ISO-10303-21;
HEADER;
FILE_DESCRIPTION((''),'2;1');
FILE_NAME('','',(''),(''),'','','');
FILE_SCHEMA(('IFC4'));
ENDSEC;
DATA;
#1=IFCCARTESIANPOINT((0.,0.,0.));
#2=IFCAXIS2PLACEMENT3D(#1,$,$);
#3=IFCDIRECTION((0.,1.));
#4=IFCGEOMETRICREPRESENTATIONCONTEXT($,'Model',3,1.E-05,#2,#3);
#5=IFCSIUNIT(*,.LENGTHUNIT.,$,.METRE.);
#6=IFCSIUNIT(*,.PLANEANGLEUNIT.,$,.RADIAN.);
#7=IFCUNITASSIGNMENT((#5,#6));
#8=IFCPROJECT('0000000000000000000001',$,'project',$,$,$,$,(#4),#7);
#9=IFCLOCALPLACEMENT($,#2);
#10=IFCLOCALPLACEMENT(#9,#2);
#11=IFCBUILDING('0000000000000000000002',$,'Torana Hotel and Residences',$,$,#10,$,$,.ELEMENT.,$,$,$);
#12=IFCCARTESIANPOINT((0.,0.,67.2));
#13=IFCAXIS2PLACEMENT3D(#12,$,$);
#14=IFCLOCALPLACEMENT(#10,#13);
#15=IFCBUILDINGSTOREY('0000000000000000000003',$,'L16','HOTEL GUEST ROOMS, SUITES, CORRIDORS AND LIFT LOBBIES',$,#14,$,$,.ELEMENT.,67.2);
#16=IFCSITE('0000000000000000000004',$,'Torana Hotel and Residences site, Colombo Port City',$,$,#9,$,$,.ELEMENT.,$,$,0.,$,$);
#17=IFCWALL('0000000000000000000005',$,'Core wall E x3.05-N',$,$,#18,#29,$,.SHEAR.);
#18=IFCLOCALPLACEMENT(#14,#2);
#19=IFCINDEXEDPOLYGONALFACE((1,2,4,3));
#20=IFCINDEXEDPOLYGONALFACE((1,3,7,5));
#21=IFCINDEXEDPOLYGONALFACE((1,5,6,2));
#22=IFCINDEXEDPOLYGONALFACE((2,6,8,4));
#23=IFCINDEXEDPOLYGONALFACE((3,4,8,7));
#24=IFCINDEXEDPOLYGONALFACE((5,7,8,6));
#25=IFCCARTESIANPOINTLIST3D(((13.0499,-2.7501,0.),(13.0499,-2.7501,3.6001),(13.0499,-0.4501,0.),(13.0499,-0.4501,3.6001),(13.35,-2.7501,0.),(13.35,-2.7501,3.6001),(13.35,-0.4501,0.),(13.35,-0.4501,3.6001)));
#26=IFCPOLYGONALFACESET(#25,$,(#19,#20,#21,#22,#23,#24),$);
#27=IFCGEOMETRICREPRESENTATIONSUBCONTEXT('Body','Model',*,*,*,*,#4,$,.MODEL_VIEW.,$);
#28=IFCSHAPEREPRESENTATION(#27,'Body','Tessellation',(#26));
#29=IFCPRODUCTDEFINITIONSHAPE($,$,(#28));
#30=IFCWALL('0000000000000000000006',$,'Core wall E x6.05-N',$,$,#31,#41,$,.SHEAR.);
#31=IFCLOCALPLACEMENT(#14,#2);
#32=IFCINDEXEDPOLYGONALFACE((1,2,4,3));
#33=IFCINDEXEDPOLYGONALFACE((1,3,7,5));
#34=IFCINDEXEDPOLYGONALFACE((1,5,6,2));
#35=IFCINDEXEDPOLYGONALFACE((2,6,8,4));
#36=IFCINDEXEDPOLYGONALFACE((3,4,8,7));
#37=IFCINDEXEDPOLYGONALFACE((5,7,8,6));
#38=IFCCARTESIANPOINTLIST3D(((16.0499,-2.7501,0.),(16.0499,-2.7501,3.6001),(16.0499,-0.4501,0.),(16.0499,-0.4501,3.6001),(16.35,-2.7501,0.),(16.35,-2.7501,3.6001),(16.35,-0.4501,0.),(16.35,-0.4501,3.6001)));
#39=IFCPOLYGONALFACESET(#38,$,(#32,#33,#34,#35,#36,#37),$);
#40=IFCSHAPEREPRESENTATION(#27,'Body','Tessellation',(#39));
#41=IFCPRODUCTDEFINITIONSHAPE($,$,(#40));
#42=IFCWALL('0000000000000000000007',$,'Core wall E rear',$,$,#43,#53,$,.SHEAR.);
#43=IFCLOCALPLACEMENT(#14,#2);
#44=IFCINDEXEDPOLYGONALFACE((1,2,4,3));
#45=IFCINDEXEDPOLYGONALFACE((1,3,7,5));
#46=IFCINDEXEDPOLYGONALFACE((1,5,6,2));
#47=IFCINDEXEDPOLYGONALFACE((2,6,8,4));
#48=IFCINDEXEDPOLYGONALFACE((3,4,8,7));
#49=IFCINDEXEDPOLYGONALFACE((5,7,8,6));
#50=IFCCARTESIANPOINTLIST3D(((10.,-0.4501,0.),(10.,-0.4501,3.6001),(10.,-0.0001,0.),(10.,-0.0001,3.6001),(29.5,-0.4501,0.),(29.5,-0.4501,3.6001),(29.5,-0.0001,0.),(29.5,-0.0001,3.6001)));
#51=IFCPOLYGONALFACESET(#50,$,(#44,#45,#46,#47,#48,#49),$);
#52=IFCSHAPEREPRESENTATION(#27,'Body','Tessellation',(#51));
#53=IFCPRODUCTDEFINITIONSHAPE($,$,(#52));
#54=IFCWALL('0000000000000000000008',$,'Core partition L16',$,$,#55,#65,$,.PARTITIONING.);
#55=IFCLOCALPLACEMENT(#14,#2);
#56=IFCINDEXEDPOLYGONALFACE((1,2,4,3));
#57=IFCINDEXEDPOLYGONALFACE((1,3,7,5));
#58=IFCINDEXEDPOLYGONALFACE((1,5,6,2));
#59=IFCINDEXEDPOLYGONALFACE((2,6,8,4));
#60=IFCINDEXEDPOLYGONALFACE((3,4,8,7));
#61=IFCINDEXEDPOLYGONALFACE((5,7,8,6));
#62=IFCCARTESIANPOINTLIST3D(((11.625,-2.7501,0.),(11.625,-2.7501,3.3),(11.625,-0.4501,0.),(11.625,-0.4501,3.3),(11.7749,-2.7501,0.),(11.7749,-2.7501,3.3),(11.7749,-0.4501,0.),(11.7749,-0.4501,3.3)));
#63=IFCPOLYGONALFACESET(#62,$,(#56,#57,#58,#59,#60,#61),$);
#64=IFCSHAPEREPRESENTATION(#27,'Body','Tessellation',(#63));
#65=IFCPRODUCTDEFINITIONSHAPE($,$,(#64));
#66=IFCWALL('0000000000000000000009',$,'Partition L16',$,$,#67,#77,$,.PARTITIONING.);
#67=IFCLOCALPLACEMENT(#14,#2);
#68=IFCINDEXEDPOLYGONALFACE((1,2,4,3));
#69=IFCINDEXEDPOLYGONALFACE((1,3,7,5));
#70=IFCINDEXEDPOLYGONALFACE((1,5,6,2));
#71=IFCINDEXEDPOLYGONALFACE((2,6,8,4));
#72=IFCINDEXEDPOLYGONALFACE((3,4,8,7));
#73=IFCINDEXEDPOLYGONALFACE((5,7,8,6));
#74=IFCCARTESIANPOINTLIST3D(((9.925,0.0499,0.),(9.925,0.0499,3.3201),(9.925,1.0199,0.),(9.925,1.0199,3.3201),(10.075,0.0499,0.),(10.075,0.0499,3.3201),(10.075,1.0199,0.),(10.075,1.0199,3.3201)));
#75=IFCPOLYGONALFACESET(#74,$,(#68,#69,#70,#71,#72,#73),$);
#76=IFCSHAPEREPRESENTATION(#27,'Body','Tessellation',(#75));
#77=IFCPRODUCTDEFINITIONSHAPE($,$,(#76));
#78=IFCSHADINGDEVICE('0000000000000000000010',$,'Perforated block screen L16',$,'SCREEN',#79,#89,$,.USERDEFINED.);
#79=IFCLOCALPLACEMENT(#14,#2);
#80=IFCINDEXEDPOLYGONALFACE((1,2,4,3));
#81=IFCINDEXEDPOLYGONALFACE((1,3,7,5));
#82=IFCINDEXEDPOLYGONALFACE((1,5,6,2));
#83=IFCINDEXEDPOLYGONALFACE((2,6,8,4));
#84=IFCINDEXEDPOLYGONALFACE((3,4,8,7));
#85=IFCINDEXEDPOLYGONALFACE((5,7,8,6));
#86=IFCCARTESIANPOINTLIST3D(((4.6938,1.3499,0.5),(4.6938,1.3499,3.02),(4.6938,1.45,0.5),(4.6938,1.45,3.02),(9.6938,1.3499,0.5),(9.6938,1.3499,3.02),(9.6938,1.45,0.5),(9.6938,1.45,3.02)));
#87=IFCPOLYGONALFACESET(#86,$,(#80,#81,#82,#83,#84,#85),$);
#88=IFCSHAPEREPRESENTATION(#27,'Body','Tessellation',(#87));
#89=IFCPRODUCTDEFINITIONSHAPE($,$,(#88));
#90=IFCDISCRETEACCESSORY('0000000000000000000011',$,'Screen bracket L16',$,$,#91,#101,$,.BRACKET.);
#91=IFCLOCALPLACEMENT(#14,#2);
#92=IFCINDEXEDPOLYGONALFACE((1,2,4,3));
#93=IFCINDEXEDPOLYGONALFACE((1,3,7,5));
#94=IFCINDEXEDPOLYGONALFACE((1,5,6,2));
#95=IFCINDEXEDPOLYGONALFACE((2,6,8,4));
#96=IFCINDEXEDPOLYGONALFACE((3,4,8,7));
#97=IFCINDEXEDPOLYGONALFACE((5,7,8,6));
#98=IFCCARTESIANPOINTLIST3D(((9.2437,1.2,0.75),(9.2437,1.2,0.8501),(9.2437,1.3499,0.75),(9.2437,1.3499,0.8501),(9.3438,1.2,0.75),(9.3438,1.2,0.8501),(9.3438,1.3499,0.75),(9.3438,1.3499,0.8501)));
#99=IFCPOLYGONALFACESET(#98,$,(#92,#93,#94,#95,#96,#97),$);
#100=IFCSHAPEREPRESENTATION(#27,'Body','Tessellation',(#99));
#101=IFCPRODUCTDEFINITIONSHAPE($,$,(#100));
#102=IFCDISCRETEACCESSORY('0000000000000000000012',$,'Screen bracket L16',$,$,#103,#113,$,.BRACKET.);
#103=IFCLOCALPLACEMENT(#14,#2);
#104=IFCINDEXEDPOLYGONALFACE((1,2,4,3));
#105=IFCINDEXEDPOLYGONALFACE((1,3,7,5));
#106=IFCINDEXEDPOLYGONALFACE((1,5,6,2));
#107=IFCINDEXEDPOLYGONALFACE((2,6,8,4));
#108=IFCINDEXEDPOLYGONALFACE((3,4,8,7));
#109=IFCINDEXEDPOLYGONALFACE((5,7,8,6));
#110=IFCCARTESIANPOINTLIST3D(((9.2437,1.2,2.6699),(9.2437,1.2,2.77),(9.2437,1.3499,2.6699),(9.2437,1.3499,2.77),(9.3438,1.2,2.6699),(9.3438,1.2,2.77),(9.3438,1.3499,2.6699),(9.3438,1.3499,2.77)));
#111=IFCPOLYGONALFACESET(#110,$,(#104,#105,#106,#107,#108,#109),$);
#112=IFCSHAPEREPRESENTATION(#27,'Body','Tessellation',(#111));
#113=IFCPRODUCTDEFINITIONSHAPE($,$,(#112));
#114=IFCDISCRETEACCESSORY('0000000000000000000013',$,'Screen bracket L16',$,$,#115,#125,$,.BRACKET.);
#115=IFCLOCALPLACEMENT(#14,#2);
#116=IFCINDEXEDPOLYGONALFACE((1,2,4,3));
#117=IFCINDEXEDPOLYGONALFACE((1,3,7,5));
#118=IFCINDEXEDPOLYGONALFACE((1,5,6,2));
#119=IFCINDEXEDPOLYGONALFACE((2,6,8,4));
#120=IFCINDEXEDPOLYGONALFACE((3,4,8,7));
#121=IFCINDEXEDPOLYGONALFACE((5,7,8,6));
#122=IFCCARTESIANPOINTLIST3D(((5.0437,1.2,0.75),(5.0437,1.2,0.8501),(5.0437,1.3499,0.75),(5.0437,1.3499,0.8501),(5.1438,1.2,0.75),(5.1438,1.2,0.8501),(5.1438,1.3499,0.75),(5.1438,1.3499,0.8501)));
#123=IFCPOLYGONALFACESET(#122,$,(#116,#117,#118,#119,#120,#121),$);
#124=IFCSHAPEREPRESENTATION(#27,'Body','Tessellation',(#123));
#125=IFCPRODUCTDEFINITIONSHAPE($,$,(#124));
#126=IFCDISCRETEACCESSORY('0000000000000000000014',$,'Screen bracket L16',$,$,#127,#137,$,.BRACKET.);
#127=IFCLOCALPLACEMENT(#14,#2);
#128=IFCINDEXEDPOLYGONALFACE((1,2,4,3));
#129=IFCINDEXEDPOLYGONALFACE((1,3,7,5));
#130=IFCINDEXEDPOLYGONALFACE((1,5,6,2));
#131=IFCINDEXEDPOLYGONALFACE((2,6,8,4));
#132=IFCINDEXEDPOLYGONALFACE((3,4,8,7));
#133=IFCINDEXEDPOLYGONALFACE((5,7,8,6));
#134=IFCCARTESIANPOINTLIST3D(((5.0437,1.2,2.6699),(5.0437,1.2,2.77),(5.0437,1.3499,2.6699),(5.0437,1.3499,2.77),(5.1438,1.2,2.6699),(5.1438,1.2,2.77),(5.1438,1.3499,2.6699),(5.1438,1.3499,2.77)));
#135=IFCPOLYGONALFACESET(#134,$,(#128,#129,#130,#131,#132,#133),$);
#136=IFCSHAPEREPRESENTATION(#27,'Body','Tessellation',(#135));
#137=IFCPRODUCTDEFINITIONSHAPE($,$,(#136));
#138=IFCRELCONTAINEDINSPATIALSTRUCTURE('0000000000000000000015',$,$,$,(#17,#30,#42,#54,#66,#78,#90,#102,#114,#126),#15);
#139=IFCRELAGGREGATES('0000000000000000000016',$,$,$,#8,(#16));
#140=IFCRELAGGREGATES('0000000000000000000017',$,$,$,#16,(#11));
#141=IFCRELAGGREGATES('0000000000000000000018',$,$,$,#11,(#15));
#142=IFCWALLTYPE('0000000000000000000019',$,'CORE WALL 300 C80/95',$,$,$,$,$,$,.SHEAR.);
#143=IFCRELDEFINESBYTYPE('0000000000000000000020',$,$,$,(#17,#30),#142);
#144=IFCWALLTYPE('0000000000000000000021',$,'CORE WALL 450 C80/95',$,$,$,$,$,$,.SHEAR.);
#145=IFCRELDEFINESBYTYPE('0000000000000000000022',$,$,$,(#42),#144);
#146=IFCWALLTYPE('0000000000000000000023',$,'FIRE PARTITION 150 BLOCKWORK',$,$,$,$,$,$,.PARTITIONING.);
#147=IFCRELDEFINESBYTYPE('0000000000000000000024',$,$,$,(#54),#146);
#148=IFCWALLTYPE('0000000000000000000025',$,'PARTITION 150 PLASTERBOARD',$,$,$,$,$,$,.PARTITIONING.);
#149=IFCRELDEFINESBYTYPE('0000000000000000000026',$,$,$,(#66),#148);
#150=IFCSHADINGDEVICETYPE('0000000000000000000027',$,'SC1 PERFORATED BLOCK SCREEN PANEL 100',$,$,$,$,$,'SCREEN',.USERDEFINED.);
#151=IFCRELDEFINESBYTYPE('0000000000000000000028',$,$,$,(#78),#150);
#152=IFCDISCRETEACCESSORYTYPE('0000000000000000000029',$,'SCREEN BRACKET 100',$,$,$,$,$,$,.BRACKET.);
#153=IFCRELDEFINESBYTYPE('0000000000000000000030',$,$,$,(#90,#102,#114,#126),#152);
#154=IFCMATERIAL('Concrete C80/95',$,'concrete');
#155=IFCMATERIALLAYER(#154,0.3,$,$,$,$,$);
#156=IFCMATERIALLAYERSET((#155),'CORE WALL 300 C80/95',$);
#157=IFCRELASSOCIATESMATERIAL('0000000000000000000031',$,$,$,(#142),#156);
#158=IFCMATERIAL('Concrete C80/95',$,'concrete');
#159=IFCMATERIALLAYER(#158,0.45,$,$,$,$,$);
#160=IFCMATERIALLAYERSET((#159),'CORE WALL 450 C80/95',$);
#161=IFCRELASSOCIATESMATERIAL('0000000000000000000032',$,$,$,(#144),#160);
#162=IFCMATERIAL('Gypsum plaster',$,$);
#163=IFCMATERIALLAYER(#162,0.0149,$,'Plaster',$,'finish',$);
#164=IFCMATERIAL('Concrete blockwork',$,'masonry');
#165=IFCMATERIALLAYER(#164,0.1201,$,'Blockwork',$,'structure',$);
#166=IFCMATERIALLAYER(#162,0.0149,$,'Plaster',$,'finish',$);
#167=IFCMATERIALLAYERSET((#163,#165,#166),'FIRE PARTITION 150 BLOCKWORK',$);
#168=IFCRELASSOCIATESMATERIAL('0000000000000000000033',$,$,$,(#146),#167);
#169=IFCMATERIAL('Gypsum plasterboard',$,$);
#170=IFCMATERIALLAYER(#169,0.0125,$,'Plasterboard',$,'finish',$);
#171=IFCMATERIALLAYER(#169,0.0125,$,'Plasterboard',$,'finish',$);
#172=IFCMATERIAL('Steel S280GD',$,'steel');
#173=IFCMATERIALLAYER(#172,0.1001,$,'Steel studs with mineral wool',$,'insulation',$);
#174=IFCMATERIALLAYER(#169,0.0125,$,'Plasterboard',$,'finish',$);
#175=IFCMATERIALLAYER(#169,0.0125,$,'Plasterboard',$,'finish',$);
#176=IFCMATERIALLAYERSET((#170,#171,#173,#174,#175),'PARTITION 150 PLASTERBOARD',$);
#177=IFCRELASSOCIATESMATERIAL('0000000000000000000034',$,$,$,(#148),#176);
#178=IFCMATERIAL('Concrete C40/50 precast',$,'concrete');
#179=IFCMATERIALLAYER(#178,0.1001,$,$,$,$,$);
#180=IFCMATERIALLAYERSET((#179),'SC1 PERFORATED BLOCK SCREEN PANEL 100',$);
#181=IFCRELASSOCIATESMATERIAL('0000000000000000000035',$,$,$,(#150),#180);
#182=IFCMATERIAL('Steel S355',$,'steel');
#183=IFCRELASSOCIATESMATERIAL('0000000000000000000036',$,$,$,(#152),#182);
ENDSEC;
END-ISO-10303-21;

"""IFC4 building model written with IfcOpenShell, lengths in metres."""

from ifc_helpers import new_model, si_unit, direction, frame, frame_2d, origin, origin_2d, place, context, subcontext, project, spatial, rectangle, extrude, material, layer, layer_set, type_object, element, save


model = new_model("IFC4")

# Units and contexts
model_context = context("Model", 3, precision=1e-05, world=origin(), true_north=direction((0.0, 1.0)))
body_context = subcontext(model_context, "Body", "Model", "MODEL_VIEW")
ifc_project = project(units=[si_unit("LENGTHUNIT", "METRE"), si_unit("PLANEANGLEUNIT", "RADIAN")], contexts=[model_context])

# Site, building, storey
site_placement = place(None, origin())
site = spatial("IfcSite", under=ifc_project, at=site_placement, Name="Torana Hotel and Residences site, Colombo Port City", CompositionType="ELEMENT", RefElevation=0.0)
building_placement = place(site_placement, origin())
building = spatial("IfcBuilding", under=site, at=building_placement, Name="Torana Hotel and Residences", CompositionType="ELEMENT")
storey_placement = place(building_placement, frame((0.0, 0.0, 67.2)))
storey = spatial("IfcBuildingStorey", under=building, at=storey_placement, Name="L16", Description="HOTEL GUEST ROOMS, SUITES, CORRIDORS AND LIFT LOBBIES", CompositionType="ELEMENT", Elevation=67.2)

# Walls
ifc_material_1 = material(Name="Concrete C80/95", Category="concrete")
ifc_layer_1 = layer(ifc_material_1, 0.3)
ifc_layer_set_1 = layer_set([ifc_layer_1], Name="CORE WALL 300 C80/95")
wall_type_1 = type_object("IfcWallType", Name="CORE WALL 300 C80/95", PredefinedType="SHEAR", material=ifc_layer_set_1)
for number, where, z_axis, x_axis, name in (
    (1, (13.2, -2.75, 0.0), (0.0, 0.0, 1.0), (0.0, 1.0, 0.0), "Core wall E x3.05-N"),
    (2, (16.2, -2.75, 0.0), (0.0, 0.0, 1.0), (0.0, 1.0, 0.0), "Core wall E x6.05-N"),
):
    element("IfcWall", number, at=place(storey_placement, frame(where, z_axis=z_axis, x_axis=x_axis)), inside=storey, type_object=wall_type_1, Name=name, PredefinedType="SHEAR", context=body_context, shape_type="SweptSolid", body=[
        extrude(rectangle(XDim=2.3, YDim=0.3, at=frame_2d((1.1499, 0.0))), origin(), (0.0, 0.0, 1.0), 3.6001),
    ])
ifc_material_2 = material(Name="Concrete C80/95", Category="concrete")
ifc_layer_2 = layer(ifc_material_2, 0.45)
ifc_layer_set_2 = layer_set([ifc_layer_2], Name="CORE WALL 450 C80/95")
wall_type_2 = type_object("IfcWallType", Name="CORE WALL 450 C80/95", PredefinedType="SHEAR", material=ifc_layer_set_2)
wall_1_placement = place(storey_placement, frame((10.0, -0.2251, 0.0), z_axis=(0.0, 0.0, 1.0), x_axis=(1.0, 0.0, 0.0)))
element("IfcWall", 3, at=wall_1_placement, inside=storey, type_object=wall_type_2, Name="Core wall E rear", PredefinedType="SHEAR", context=body_context, shape_type="SweptSolid", body=[
    extrude(rectangle(XDim=19.5, YDim=0.45, at=frame_2d((9.75, 0.0))), origin(), (0.0, 0.0, 1.0), 3.6001),
])
ifc_material_3 = material(Name="Gypsum plaster")
ifc_layer_3 = layer(ifc_material_3, 0.0149, Name="Plaster", Category="finish")
ifc_material_4 = material(Name="Concrete blockwork", Category="masonry")
ifc_layer_4 = layer(ifc_material_4, 0.1201, Name="Blockwork", Category="structure")
ifc_layer_5 = layer(ifc_material_3, 0.0149, Name="Plaster", Category="finish")
ifc_layer_set_3 = layer_set([ifc_layer_3, ifc_layer_4, ifc_layer_5], Name="FIRE PARTITION 150 BLOCKWORK")
wall_type_3 = type_object("IfcWallType", Name="FIRE PARTITION 150 BLOCKWORK", PredefinedType="PARTITIONING", material=ifc_layer_set_3)
wall_2_placement = place(storey_placement, frame((11.7, -2.75, 0.0), z_axis=(0.0, 0.0, 1.0), x_axis=(0.0, 1.0, 0.0)))
element("IfcWall", 4, at=wall_2_placement, inside=storey, type_object=wall_type_3, Name="Core partition L16", PredefinedType="PARTITIONING", context=body_context, shape_type="SweptSolid", body=[
    extrude(rectangle(XDim=2.3, YDim=0.1499, at=frame_2d((1.1499, 0.0))), origin(), (0.0, 0.0, 1.0), 3.3),
])
ifc_material_5 = material(Name="Gypsum plasterboard")
ifc_layer_6 = layer(ifc_material_5, 0.0125, Name="Plasterboard", Category="finish")
ifc_layer_7 = layer(ifc_material_5, 0.0125, Name="Plasterboard", Category="finish")
ifc_material_6 = material(Name="Steel S280GD", Category="steel")
ifc_layer_8 = layer(ifc_material_6, 0.1001, Name="Steel studs with mineral wool", Category="insulation")
ifc_layer_9 = layer(ifc_material_5, 0.0125, Name="Plasterboard", Category="finish")
ifc_layer_10 = layer(ifc_material_5, 0.0125, Name="Plasterboard", Category="finish")
ifc_layer_set_4 = layer_set([ifc_layer_6, ifc_layer_7, ifc_layer_8, ifc_layer_9, ifc_layer_10], Name="PARTITION 150 PLASTERBOARD")
wall_type_4 = type_object("IfcWallType", Name="PARTITION 150 PLASTERBOARD", PredefinedType="PARTITIONING", material=ifc_layer_set_4)
wall_3_placement = place(storey_placement, frame((10.0, 0.05, 0.0), z_axis=(0.0, 0.0, 1.0), x_axis=(0.0, 1.0, 0.0)))
element("IfcWall", 5, at=wall_3_placement, inside=storey, type_object=wall_type_4, Name="Partition L16", PredefinedType="PARTITIONING", context=body_context, shape_type="SweptSolid", body=[
    extrude(rectangle(XDim=0.97, YDim=0.1499, at=frame_2d((0.4849, 0.0))), origin(), (0.0, 0.0, 1.0), 3.3201),
])

# Shading device
ifc_material_7 = material(Name="Concrete C40/50 precast", Category="concrete")
ifc_layer_11 = layer(ifc_material_7, 0.1001)
ifc_layer_set_5 = layer_set([ifc_layer_11], Name="SC1 PERFORATED BLOCK SCREEN PANEL 100")
shading_device_type = type_object("IfcShadingDeviceType", Name="SC1 PERFORATED BLOCK SCREEN PANEL 100", ElementType="SCREEN", PredefinedType="USERDEFINED", material=ifc_layer_set_5)
shading_device_placement = place(storey_placement, frame((7.1938, 1.3999, 0.5), z_axis=(0.0, 0.0, 1.0), x_axis=(-1.0, 0.0, 0.0)))
element("IfcShadingDevice", 6, at=shading_device_placement, inside=storey, type_object=shading_device_type, Name="Perforated block screen L16", ObjectType="SCREEN", PredefinedType="USERDEFINED", context=body_context, shape_type="SweptSolid", body=[
    extrude(rectangle(XDim=5.0, YDim=0.1001, at=origin_2d()), origin(), (0.0, 0.0, 1.0), 2.52),
])

# Discrete accessories
ifc_material_8 = material(Name="Steel S355", Category="steel")
discrete_accessory_type = type_object("IfcDiscreteAccessoryType", Name="SCREEN BRACKET 100", PredefinedType="BRACKET", material=ifc_material_8)
for number, where, z_axis, x_axis, name in (
    (7, (9.2937, 1.2749, 0.75), (0.0, 0.0, 1.0), (-1.0, 0.0, 0.0), "Screen bracket L16"),
    (8, (9.2937, 1.2749, 2.6699), (0.0, 0.0, 1.0), (-1.0, 0.0, 0.0), "Screen bracket L16"),
    (9, (5.0938, 1.2749, 0.75), (0.0, 0.0, 1.0), (-1.0, 0.0, 0.0), "Screen bracket L16"),
    (10, (5.0938, 1.2749, 2.6699), (0.0, 0.0, 1.0), (-1.0, 0.0, 0.0), "Screen bracket L16"),
):
    element("IfcDiscreteAccessory", number, at=place(storey_placement, frame(where, z_axis=z_axis, x_axis=x_axis)), inside=storey, type_object=discrete_accessory_type, Name=name, PredefinedType="BRACKET", context=body_context, shape_type="SweptSolid", body=[
        extrude(rectangle(XDim=0.1001, YDim=0.1499, at=origin_2d()), origin(), (0.0, 0.0, 1.0), 0.1001),
    ])

save(model, "model.ifc")
